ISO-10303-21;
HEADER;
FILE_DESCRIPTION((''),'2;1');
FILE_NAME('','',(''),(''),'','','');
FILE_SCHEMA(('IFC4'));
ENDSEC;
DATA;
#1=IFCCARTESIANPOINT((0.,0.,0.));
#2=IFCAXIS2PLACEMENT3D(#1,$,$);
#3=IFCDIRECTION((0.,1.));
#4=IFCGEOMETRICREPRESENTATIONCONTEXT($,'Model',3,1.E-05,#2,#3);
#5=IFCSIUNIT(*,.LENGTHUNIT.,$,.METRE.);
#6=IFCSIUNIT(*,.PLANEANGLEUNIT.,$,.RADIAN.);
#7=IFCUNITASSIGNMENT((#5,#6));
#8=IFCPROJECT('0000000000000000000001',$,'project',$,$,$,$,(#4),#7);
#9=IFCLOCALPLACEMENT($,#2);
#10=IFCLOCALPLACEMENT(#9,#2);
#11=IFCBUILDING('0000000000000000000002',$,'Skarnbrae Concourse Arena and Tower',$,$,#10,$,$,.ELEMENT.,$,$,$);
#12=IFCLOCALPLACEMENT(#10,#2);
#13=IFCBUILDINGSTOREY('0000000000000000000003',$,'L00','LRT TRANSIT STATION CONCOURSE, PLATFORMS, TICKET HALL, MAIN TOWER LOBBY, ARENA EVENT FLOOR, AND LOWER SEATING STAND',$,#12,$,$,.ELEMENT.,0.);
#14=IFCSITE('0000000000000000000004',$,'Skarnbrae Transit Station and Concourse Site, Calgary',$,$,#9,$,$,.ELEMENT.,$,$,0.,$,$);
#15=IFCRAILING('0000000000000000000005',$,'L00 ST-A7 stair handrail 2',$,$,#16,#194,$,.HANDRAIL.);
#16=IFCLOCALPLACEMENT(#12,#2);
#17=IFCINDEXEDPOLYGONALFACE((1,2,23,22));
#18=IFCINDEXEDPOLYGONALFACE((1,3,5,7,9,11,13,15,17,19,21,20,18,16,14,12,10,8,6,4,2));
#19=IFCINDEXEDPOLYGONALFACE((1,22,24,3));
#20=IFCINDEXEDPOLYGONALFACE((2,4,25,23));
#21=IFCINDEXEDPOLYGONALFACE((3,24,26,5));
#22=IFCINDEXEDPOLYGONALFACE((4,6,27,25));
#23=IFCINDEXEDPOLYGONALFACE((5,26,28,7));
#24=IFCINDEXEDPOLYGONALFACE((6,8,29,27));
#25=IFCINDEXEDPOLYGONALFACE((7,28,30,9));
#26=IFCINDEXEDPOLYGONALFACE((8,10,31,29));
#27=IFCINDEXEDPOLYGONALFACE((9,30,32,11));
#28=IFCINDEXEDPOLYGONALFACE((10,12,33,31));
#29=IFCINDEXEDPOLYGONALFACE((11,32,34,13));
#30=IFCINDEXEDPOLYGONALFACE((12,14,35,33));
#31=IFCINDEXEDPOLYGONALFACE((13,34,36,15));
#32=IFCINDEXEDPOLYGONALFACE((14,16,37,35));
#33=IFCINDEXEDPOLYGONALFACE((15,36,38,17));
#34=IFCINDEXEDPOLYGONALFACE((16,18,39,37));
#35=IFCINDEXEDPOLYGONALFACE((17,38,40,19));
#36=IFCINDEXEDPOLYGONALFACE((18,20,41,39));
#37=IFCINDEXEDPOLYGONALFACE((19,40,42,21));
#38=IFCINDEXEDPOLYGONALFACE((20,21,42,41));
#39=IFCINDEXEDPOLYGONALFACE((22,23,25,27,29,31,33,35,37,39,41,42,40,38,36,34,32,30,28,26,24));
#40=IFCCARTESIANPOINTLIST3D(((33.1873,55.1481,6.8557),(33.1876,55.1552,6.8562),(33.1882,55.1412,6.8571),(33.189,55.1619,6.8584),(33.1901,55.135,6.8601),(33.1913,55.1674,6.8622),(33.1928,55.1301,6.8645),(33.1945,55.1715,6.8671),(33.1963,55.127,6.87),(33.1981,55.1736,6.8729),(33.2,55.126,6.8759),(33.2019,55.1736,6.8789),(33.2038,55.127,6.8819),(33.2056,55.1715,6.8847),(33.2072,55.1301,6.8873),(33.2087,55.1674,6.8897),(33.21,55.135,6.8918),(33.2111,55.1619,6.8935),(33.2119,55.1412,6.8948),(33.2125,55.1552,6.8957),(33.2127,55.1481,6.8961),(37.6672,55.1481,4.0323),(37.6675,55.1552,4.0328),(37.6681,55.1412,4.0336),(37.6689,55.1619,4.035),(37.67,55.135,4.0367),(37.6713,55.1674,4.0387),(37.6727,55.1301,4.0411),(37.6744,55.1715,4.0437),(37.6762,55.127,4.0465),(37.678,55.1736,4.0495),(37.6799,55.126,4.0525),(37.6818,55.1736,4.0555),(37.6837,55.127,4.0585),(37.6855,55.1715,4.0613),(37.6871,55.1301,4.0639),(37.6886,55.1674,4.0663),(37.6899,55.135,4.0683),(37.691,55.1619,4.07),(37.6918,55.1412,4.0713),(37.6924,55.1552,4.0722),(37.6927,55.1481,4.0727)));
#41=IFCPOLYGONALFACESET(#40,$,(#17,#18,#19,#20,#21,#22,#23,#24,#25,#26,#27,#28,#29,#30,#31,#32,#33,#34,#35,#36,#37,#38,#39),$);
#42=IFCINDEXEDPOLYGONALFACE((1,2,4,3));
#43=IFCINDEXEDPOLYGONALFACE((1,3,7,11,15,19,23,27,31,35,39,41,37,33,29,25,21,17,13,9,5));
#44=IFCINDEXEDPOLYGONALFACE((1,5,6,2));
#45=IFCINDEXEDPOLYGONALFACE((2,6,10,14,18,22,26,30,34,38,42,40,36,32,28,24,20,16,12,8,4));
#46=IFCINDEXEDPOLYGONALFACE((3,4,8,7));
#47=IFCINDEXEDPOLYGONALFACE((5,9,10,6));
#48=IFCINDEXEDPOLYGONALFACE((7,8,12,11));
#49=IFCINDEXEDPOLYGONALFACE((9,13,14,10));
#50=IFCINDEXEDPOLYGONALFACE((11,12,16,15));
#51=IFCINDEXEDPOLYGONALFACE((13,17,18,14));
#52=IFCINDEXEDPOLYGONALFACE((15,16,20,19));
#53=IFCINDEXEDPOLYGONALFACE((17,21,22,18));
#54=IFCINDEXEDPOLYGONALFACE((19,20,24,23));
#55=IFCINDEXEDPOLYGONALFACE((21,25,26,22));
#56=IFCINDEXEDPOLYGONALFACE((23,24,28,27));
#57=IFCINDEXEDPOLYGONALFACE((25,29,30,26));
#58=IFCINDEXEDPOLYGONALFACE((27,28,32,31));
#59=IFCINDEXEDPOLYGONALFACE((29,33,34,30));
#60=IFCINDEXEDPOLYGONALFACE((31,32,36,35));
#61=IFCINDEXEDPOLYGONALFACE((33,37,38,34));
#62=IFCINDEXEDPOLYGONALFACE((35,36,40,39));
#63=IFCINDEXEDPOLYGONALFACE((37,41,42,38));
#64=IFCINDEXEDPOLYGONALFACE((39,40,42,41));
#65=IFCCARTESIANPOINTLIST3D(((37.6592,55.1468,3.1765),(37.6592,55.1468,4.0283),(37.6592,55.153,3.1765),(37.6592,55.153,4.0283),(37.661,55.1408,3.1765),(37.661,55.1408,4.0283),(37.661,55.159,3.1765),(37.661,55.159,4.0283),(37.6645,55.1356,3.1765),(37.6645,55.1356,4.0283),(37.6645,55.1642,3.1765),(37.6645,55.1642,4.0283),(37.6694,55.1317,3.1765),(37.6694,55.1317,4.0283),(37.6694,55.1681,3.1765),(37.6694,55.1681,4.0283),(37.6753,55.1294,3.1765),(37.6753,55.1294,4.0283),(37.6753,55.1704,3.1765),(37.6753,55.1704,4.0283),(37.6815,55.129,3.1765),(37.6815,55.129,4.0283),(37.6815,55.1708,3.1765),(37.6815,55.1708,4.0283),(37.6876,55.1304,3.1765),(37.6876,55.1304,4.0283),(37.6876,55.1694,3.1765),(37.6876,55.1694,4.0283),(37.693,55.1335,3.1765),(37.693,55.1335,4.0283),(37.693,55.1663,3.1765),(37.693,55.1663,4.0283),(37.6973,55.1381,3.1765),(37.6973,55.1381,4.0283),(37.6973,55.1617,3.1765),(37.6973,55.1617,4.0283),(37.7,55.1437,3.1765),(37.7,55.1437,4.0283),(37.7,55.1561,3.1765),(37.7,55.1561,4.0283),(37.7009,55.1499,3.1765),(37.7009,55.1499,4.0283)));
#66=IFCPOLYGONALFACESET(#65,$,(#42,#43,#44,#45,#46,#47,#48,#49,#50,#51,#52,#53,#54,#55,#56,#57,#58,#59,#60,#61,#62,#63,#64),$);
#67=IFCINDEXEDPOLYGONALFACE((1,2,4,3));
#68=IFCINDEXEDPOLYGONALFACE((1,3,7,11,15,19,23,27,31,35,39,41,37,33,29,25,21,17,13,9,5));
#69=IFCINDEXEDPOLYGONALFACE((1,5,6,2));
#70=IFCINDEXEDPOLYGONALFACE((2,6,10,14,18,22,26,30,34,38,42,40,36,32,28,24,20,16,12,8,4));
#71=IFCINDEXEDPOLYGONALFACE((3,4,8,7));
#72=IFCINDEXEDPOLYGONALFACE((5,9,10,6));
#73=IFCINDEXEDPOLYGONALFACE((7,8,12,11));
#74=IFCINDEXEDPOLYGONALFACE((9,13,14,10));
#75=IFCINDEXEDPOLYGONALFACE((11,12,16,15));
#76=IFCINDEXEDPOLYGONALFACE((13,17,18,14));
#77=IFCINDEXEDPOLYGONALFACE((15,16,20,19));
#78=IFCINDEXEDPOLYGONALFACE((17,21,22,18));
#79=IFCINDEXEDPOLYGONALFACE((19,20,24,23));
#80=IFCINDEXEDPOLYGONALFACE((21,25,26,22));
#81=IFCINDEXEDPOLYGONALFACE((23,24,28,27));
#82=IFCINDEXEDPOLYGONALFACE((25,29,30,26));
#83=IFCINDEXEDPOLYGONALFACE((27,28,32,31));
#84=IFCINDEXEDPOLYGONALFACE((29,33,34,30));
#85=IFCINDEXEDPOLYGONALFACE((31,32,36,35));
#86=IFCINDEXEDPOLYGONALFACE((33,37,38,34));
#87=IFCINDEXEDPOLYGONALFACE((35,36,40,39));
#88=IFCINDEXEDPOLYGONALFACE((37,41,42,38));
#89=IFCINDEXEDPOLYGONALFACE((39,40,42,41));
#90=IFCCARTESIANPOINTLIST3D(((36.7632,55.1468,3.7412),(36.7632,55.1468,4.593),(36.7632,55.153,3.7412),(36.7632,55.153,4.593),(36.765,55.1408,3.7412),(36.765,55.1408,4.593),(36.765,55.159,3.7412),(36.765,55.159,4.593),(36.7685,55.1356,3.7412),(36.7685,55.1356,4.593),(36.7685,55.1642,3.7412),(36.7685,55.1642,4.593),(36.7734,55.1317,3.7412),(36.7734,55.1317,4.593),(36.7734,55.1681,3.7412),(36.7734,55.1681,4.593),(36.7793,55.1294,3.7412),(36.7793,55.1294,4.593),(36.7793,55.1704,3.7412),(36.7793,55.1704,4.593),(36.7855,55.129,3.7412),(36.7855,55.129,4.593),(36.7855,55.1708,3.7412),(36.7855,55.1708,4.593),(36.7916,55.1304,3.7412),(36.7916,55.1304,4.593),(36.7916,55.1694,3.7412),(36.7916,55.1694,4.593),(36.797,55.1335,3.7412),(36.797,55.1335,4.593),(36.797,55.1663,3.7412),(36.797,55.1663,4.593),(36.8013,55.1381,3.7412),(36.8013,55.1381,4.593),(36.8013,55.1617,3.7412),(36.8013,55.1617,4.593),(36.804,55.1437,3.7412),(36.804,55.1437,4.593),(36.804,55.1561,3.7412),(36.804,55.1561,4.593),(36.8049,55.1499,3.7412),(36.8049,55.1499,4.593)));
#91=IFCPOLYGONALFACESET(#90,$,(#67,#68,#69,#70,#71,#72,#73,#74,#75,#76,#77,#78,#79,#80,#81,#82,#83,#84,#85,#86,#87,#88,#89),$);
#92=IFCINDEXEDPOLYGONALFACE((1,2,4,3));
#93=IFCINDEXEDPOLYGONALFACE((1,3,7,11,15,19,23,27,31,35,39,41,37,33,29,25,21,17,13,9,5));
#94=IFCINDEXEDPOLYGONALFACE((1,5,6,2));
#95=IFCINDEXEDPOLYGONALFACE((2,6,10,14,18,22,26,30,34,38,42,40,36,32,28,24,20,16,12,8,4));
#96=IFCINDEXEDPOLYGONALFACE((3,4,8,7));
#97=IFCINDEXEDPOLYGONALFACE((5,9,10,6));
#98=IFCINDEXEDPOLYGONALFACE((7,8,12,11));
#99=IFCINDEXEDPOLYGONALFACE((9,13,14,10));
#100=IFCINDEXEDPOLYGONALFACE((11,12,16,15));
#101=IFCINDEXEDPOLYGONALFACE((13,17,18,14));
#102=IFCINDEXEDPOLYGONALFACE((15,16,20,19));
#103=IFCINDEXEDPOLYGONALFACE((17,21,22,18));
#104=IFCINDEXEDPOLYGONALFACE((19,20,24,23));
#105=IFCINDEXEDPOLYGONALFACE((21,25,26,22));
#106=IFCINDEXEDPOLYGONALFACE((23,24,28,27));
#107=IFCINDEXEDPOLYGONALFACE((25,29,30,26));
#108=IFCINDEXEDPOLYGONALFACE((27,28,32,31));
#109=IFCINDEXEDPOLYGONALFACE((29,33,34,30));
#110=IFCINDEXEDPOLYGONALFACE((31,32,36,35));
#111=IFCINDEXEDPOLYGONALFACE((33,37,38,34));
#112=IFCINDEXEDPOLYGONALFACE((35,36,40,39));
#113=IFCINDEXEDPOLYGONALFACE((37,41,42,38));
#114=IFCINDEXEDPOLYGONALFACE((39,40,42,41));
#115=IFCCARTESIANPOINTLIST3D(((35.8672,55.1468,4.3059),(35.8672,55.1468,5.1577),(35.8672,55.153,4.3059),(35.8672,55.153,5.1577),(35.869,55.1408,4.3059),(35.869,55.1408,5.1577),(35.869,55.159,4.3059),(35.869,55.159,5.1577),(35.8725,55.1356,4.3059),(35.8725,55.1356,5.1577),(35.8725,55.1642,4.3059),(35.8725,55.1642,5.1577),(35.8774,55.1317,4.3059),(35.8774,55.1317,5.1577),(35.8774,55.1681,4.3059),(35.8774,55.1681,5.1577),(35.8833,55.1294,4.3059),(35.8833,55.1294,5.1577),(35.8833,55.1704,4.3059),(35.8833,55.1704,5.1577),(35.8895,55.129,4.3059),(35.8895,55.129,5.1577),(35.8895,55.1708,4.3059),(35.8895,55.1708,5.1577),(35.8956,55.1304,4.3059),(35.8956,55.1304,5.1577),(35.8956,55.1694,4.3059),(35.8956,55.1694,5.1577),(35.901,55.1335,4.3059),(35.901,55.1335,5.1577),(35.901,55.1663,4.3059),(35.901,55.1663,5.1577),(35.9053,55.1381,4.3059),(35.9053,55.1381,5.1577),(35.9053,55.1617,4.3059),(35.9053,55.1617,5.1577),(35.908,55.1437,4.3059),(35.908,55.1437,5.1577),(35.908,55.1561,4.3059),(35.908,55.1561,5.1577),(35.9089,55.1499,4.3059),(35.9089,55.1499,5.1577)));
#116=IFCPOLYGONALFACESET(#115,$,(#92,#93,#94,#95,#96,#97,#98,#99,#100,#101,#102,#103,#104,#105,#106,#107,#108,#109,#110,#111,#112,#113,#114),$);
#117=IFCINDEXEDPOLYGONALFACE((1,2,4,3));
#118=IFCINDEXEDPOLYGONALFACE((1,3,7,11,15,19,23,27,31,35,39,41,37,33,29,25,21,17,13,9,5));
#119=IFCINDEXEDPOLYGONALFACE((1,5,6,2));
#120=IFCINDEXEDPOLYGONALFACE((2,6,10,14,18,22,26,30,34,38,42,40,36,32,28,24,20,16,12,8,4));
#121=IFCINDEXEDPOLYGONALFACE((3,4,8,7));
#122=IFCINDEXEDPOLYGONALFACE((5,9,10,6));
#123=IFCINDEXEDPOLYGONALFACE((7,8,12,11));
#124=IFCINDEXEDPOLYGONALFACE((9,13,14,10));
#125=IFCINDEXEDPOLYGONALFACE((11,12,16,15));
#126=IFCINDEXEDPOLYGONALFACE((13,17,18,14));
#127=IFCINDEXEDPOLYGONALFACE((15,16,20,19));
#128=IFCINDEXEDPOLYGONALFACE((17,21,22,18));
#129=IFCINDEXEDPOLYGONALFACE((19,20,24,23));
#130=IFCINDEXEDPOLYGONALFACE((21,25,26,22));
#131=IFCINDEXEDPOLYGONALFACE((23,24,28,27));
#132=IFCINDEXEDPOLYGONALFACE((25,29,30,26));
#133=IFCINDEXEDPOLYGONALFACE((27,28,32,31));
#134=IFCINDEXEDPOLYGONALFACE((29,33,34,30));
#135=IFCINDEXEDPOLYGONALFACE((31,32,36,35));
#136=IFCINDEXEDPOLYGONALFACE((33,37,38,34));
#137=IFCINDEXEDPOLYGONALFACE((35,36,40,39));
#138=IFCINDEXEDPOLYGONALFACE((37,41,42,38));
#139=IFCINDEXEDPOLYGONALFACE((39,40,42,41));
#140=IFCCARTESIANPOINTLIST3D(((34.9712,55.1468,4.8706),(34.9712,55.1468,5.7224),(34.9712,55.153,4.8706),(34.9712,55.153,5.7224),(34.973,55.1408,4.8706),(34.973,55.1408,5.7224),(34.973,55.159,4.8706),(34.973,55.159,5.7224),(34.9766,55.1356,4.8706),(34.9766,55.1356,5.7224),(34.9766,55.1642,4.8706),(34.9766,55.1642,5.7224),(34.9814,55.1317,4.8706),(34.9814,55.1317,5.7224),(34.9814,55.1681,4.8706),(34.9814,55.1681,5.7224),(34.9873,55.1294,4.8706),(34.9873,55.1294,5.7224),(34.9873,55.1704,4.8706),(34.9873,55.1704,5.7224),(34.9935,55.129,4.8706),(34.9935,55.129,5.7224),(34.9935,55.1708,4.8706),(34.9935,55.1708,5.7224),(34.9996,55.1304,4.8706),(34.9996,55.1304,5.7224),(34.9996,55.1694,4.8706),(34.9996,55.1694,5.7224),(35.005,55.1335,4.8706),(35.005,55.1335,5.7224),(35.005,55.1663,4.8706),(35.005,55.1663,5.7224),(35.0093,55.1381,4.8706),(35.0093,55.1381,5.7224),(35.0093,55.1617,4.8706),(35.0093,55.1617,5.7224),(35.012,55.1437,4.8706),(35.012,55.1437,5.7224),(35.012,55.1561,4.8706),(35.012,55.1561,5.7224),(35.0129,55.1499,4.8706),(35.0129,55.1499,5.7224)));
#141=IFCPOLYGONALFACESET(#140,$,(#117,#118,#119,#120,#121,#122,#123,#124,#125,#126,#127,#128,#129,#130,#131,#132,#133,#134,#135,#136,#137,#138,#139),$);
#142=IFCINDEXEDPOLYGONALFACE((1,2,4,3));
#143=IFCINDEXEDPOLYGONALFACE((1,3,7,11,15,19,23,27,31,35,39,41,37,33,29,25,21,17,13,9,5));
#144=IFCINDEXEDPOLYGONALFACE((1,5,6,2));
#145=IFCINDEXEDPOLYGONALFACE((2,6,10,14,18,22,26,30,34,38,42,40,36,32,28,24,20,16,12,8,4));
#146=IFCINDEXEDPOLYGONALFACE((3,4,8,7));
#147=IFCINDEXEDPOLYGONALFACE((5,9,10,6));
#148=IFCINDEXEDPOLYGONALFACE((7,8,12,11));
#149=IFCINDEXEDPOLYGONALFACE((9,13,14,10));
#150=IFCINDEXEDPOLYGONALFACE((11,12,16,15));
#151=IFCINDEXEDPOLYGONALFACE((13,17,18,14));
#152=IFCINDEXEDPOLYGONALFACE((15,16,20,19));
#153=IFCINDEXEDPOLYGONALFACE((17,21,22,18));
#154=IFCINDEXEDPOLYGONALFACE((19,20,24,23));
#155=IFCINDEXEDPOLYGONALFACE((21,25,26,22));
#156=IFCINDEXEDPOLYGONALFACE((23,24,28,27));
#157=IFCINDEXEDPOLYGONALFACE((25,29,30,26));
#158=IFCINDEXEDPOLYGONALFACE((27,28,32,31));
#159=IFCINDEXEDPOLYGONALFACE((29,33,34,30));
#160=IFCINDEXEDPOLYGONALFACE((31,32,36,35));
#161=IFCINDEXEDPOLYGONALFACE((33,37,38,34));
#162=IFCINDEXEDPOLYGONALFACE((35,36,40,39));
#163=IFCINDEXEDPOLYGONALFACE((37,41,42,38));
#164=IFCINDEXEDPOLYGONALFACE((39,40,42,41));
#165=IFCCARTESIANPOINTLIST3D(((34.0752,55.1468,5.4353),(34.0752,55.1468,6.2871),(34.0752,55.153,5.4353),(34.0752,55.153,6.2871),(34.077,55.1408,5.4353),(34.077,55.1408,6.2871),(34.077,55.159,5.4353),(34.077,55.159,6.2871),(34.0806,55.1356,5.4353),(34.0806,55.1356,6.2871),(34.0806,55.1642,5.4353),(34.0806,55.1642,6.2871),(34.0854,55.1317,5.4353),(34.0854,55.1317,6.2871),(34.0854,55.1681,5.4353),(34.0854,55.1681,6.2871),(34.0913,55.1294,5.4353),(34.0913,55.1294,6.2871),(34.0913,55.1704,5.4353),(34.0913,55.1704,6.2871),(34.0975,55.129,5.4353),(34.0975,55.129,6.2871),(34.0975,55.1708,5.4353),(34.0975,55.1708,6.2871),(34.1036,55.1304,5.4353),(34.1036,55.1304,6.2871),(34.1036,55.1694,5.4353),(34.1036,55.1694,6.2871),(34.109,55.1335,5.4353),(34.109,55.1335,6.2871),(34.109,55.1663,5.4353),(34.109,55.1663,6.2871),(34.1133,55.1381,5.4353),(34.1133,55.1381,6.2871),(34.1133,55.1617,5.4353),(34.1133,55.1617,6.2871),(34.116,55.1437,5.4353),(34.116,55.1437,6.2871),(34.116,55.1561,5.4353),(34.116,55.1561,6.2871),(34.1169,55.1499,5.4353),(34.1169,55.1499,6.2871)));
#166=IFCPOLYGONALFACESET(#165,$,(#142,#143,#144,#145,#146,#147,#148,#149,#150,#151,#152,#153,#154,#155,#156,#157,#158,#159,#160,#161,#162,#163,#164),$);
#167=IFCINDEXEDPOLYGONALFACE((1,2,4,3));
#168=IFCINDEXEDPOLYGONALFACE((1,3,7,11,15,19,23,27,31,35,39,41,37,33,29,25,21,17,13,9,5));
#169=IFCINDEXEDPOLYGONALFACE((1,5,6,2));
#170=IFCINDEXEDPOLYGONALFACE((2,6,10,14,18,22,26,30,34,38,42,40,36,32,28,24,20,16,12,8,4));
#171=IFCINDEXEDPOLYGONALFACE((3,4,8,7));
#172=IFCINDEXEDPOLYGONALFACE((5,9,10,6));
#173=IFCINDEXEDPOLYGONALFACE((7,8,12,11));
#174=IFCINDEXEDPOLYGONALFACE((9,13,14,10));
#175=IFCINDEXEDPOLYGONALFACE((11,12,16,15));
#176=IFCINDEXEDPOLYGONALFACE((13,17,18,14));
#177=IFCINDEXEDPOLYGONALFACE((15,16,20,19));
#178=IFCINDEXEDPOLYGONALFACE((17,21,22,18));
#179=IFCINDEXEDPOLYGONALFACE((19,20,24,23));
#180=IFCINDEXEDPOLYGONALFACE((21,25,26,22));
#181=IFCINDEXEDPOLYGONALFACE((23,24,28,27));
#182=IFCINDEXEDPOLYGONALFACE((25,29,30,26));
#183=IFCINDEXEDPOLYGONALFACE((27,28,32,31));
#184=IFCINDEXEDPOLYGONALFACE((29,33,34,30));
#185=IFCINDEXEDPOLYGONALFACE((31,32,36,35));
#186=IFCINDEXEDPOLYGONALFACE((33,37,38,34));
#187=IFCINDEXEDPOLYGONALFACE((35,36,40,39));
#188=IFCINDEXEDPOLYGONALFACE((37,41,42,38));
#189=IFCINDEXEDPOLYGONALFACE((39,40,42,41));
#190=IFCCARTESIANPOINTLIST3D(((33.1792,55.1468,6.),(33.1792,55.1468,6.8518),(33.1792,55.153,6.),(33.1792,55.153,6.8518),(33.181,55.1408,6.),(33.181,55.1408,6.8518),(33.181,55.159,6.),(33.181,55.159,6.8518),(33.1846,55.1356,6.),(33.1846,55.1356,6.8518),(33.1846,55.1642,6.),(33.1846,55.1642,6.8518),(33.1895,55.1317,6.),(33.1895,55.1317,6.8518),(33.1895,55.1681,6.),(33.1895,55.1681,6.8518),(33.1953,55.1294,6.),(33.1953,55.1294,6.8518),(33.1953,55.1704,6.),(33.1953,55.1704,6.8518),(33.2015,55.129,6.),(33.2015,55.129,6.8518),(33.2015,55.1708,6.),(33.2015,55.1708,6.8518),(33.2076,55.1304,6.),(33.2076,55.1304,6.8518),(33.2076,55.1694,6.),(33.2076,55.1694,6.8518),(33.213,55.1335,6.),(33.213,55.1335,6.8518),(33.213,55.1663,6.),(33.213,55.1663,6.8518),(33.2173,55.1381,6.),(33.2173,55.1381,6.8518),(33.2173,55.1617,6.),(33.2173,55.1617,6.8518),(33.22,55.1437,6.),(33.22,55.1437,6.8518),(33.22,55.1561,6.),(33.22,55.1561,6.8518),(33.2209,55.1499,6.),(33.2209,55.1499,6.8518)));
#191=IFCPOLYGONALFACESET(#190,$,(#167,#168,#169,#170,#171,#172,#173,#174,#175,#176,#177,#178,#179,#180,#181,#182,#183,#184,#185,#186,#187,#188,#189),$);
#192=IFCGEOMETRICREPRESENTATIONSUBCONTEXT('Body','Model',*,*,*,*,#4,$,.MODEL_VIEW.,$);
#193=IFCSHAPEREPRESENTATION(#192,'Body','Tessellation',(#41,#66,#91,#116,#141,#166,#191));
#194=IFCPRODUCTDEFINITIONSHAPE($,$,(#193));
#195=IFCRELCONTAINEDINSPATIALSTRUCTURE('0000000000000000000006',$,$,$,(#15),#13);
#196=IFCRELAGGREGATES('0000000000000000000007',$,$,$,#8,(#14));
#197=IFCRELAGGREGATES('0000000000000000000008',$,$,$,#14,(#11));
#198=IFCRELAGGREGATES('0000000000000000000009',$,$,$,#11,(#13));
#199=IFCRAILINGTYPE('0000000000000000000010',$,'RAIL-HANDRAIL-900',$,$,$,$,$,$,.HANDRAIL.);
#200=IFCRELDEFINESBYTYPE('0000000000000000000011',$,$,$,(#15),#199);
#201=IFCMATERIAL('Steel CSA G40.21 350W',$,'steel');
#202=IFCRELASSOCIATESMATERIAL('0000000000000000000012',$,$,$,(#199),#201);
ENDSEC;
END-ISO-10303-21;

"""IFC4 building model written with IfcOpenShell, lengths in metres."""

from ifc_helpers import new_model, si_unit, direction, frame, origin, origin_2d, place, context, subcontext, project, spatial, circle, extrude, material, type_object, element, save


model = new_model("IFC4")

# Units and contexts
model_context = context("Model", 3, precision=1e-05, world=origin(), true_north=direction((0.0, 1.0)))
body_context = subcontext(model_context, "Body", "Model", "MODEL_VIEW")
ifc_project = project(units=[si_unit("LENGTHUNIT", "METRE"), si_unit("PLANEANGLEUNIT", "RADIAN")], contexts=[model_context])

# Site, building, storey
site_placement = place(None, origin())
site = spatial("IfcSite", under=ifc_project, at=site_placement, Name="Skarnbrae Transit Station and Concourse Site, Calgary", CompositionType="ELEMENT", RefElevation=0.0)
building_placement = place(site_placement, origin())
building = spatial("IfcBuilding", under=site, at=building_placement, Name="Skarnbrae Concourse Arena and Tower", CompositionType="ELEMENT")
storey_placement = place(building_placement, origin())
storey = spatial("IfcBuildingStorey", under=building, at=storey_placement, Name="L00", Description="LRT TRANSIT STATION CONCOURSE, PLATFORMS, TICKET HALL, MAIN TOWER LOBBY, ARENA EVENT FLOOR, AND LOWER SEATING STAND", CompositionType="ELEMENT", Elevation=0.0)

# Shared definitions
ifc_material_1 = material(Name="Steel CSA G40.21 350W", Category="steel")

# Railing
railing_type_1 = type_object("IfcRailingType", Name="RAIL-HANDRAIL-900", PredefinedType="HANDRAIL", material=ifc_material_1)
railing_1_placement = place(storey_placement, frame((37.6799, 55.1499, 3.1765)))
element("IfcRailing", 1, at=railing_1_placement, inside=storey, type_object=railing_type_1, Name="L00 ST-A7 stair handrail 2", PredefinedType="HANDRAIL", context=body_context, shape_type="SweptSolid", body=[
    extrude(circle(Radius=0.0239, at=origin_2d()), frame((0.0, 0.0, 0.876), z_axis=(-0.845998, 0.0, 0.533186), x_axis=(0.0, -1.0, 0.0)), (0.0, 0.0, 1.0), 5.2954),
    extrude(circle(Radius=0.021, at=origin_2d()), origin(), (0.0, 0.0, 1.0), 0.8518),
    extrude(circle(Radius=0.021, at=origin_2d()), frame((-0.896, 0.0, 0.5647)), (0.0, 0.0, 1.0), 0.8518),
    extrude(circle(Radius=0.021, at=origin_2d()), frame((-1.792, 0.0, 1.1294)), (0.0, 0.0, 1.0), 0.8518),
    extrude(circle(Radius=0.021, at=origin_2d()), frame((-2.688, 0.0, 1.6941)), (0.0, 0.0, 1.0), 0.8518),
    extrude(circle(Radius=0.021, at=origin_2d()), frame((-3.584, 0.0, 2.2588)), (0.0, 0.0, 1.0), 0.8518),
    extrude(circle(Radius=0.021, at=origin_2d()), frame((-4.48, 0.0, 2.8235)), (0.0, 0.0, 1.0), 0.8518),
])

save(model, "model.ifc")
